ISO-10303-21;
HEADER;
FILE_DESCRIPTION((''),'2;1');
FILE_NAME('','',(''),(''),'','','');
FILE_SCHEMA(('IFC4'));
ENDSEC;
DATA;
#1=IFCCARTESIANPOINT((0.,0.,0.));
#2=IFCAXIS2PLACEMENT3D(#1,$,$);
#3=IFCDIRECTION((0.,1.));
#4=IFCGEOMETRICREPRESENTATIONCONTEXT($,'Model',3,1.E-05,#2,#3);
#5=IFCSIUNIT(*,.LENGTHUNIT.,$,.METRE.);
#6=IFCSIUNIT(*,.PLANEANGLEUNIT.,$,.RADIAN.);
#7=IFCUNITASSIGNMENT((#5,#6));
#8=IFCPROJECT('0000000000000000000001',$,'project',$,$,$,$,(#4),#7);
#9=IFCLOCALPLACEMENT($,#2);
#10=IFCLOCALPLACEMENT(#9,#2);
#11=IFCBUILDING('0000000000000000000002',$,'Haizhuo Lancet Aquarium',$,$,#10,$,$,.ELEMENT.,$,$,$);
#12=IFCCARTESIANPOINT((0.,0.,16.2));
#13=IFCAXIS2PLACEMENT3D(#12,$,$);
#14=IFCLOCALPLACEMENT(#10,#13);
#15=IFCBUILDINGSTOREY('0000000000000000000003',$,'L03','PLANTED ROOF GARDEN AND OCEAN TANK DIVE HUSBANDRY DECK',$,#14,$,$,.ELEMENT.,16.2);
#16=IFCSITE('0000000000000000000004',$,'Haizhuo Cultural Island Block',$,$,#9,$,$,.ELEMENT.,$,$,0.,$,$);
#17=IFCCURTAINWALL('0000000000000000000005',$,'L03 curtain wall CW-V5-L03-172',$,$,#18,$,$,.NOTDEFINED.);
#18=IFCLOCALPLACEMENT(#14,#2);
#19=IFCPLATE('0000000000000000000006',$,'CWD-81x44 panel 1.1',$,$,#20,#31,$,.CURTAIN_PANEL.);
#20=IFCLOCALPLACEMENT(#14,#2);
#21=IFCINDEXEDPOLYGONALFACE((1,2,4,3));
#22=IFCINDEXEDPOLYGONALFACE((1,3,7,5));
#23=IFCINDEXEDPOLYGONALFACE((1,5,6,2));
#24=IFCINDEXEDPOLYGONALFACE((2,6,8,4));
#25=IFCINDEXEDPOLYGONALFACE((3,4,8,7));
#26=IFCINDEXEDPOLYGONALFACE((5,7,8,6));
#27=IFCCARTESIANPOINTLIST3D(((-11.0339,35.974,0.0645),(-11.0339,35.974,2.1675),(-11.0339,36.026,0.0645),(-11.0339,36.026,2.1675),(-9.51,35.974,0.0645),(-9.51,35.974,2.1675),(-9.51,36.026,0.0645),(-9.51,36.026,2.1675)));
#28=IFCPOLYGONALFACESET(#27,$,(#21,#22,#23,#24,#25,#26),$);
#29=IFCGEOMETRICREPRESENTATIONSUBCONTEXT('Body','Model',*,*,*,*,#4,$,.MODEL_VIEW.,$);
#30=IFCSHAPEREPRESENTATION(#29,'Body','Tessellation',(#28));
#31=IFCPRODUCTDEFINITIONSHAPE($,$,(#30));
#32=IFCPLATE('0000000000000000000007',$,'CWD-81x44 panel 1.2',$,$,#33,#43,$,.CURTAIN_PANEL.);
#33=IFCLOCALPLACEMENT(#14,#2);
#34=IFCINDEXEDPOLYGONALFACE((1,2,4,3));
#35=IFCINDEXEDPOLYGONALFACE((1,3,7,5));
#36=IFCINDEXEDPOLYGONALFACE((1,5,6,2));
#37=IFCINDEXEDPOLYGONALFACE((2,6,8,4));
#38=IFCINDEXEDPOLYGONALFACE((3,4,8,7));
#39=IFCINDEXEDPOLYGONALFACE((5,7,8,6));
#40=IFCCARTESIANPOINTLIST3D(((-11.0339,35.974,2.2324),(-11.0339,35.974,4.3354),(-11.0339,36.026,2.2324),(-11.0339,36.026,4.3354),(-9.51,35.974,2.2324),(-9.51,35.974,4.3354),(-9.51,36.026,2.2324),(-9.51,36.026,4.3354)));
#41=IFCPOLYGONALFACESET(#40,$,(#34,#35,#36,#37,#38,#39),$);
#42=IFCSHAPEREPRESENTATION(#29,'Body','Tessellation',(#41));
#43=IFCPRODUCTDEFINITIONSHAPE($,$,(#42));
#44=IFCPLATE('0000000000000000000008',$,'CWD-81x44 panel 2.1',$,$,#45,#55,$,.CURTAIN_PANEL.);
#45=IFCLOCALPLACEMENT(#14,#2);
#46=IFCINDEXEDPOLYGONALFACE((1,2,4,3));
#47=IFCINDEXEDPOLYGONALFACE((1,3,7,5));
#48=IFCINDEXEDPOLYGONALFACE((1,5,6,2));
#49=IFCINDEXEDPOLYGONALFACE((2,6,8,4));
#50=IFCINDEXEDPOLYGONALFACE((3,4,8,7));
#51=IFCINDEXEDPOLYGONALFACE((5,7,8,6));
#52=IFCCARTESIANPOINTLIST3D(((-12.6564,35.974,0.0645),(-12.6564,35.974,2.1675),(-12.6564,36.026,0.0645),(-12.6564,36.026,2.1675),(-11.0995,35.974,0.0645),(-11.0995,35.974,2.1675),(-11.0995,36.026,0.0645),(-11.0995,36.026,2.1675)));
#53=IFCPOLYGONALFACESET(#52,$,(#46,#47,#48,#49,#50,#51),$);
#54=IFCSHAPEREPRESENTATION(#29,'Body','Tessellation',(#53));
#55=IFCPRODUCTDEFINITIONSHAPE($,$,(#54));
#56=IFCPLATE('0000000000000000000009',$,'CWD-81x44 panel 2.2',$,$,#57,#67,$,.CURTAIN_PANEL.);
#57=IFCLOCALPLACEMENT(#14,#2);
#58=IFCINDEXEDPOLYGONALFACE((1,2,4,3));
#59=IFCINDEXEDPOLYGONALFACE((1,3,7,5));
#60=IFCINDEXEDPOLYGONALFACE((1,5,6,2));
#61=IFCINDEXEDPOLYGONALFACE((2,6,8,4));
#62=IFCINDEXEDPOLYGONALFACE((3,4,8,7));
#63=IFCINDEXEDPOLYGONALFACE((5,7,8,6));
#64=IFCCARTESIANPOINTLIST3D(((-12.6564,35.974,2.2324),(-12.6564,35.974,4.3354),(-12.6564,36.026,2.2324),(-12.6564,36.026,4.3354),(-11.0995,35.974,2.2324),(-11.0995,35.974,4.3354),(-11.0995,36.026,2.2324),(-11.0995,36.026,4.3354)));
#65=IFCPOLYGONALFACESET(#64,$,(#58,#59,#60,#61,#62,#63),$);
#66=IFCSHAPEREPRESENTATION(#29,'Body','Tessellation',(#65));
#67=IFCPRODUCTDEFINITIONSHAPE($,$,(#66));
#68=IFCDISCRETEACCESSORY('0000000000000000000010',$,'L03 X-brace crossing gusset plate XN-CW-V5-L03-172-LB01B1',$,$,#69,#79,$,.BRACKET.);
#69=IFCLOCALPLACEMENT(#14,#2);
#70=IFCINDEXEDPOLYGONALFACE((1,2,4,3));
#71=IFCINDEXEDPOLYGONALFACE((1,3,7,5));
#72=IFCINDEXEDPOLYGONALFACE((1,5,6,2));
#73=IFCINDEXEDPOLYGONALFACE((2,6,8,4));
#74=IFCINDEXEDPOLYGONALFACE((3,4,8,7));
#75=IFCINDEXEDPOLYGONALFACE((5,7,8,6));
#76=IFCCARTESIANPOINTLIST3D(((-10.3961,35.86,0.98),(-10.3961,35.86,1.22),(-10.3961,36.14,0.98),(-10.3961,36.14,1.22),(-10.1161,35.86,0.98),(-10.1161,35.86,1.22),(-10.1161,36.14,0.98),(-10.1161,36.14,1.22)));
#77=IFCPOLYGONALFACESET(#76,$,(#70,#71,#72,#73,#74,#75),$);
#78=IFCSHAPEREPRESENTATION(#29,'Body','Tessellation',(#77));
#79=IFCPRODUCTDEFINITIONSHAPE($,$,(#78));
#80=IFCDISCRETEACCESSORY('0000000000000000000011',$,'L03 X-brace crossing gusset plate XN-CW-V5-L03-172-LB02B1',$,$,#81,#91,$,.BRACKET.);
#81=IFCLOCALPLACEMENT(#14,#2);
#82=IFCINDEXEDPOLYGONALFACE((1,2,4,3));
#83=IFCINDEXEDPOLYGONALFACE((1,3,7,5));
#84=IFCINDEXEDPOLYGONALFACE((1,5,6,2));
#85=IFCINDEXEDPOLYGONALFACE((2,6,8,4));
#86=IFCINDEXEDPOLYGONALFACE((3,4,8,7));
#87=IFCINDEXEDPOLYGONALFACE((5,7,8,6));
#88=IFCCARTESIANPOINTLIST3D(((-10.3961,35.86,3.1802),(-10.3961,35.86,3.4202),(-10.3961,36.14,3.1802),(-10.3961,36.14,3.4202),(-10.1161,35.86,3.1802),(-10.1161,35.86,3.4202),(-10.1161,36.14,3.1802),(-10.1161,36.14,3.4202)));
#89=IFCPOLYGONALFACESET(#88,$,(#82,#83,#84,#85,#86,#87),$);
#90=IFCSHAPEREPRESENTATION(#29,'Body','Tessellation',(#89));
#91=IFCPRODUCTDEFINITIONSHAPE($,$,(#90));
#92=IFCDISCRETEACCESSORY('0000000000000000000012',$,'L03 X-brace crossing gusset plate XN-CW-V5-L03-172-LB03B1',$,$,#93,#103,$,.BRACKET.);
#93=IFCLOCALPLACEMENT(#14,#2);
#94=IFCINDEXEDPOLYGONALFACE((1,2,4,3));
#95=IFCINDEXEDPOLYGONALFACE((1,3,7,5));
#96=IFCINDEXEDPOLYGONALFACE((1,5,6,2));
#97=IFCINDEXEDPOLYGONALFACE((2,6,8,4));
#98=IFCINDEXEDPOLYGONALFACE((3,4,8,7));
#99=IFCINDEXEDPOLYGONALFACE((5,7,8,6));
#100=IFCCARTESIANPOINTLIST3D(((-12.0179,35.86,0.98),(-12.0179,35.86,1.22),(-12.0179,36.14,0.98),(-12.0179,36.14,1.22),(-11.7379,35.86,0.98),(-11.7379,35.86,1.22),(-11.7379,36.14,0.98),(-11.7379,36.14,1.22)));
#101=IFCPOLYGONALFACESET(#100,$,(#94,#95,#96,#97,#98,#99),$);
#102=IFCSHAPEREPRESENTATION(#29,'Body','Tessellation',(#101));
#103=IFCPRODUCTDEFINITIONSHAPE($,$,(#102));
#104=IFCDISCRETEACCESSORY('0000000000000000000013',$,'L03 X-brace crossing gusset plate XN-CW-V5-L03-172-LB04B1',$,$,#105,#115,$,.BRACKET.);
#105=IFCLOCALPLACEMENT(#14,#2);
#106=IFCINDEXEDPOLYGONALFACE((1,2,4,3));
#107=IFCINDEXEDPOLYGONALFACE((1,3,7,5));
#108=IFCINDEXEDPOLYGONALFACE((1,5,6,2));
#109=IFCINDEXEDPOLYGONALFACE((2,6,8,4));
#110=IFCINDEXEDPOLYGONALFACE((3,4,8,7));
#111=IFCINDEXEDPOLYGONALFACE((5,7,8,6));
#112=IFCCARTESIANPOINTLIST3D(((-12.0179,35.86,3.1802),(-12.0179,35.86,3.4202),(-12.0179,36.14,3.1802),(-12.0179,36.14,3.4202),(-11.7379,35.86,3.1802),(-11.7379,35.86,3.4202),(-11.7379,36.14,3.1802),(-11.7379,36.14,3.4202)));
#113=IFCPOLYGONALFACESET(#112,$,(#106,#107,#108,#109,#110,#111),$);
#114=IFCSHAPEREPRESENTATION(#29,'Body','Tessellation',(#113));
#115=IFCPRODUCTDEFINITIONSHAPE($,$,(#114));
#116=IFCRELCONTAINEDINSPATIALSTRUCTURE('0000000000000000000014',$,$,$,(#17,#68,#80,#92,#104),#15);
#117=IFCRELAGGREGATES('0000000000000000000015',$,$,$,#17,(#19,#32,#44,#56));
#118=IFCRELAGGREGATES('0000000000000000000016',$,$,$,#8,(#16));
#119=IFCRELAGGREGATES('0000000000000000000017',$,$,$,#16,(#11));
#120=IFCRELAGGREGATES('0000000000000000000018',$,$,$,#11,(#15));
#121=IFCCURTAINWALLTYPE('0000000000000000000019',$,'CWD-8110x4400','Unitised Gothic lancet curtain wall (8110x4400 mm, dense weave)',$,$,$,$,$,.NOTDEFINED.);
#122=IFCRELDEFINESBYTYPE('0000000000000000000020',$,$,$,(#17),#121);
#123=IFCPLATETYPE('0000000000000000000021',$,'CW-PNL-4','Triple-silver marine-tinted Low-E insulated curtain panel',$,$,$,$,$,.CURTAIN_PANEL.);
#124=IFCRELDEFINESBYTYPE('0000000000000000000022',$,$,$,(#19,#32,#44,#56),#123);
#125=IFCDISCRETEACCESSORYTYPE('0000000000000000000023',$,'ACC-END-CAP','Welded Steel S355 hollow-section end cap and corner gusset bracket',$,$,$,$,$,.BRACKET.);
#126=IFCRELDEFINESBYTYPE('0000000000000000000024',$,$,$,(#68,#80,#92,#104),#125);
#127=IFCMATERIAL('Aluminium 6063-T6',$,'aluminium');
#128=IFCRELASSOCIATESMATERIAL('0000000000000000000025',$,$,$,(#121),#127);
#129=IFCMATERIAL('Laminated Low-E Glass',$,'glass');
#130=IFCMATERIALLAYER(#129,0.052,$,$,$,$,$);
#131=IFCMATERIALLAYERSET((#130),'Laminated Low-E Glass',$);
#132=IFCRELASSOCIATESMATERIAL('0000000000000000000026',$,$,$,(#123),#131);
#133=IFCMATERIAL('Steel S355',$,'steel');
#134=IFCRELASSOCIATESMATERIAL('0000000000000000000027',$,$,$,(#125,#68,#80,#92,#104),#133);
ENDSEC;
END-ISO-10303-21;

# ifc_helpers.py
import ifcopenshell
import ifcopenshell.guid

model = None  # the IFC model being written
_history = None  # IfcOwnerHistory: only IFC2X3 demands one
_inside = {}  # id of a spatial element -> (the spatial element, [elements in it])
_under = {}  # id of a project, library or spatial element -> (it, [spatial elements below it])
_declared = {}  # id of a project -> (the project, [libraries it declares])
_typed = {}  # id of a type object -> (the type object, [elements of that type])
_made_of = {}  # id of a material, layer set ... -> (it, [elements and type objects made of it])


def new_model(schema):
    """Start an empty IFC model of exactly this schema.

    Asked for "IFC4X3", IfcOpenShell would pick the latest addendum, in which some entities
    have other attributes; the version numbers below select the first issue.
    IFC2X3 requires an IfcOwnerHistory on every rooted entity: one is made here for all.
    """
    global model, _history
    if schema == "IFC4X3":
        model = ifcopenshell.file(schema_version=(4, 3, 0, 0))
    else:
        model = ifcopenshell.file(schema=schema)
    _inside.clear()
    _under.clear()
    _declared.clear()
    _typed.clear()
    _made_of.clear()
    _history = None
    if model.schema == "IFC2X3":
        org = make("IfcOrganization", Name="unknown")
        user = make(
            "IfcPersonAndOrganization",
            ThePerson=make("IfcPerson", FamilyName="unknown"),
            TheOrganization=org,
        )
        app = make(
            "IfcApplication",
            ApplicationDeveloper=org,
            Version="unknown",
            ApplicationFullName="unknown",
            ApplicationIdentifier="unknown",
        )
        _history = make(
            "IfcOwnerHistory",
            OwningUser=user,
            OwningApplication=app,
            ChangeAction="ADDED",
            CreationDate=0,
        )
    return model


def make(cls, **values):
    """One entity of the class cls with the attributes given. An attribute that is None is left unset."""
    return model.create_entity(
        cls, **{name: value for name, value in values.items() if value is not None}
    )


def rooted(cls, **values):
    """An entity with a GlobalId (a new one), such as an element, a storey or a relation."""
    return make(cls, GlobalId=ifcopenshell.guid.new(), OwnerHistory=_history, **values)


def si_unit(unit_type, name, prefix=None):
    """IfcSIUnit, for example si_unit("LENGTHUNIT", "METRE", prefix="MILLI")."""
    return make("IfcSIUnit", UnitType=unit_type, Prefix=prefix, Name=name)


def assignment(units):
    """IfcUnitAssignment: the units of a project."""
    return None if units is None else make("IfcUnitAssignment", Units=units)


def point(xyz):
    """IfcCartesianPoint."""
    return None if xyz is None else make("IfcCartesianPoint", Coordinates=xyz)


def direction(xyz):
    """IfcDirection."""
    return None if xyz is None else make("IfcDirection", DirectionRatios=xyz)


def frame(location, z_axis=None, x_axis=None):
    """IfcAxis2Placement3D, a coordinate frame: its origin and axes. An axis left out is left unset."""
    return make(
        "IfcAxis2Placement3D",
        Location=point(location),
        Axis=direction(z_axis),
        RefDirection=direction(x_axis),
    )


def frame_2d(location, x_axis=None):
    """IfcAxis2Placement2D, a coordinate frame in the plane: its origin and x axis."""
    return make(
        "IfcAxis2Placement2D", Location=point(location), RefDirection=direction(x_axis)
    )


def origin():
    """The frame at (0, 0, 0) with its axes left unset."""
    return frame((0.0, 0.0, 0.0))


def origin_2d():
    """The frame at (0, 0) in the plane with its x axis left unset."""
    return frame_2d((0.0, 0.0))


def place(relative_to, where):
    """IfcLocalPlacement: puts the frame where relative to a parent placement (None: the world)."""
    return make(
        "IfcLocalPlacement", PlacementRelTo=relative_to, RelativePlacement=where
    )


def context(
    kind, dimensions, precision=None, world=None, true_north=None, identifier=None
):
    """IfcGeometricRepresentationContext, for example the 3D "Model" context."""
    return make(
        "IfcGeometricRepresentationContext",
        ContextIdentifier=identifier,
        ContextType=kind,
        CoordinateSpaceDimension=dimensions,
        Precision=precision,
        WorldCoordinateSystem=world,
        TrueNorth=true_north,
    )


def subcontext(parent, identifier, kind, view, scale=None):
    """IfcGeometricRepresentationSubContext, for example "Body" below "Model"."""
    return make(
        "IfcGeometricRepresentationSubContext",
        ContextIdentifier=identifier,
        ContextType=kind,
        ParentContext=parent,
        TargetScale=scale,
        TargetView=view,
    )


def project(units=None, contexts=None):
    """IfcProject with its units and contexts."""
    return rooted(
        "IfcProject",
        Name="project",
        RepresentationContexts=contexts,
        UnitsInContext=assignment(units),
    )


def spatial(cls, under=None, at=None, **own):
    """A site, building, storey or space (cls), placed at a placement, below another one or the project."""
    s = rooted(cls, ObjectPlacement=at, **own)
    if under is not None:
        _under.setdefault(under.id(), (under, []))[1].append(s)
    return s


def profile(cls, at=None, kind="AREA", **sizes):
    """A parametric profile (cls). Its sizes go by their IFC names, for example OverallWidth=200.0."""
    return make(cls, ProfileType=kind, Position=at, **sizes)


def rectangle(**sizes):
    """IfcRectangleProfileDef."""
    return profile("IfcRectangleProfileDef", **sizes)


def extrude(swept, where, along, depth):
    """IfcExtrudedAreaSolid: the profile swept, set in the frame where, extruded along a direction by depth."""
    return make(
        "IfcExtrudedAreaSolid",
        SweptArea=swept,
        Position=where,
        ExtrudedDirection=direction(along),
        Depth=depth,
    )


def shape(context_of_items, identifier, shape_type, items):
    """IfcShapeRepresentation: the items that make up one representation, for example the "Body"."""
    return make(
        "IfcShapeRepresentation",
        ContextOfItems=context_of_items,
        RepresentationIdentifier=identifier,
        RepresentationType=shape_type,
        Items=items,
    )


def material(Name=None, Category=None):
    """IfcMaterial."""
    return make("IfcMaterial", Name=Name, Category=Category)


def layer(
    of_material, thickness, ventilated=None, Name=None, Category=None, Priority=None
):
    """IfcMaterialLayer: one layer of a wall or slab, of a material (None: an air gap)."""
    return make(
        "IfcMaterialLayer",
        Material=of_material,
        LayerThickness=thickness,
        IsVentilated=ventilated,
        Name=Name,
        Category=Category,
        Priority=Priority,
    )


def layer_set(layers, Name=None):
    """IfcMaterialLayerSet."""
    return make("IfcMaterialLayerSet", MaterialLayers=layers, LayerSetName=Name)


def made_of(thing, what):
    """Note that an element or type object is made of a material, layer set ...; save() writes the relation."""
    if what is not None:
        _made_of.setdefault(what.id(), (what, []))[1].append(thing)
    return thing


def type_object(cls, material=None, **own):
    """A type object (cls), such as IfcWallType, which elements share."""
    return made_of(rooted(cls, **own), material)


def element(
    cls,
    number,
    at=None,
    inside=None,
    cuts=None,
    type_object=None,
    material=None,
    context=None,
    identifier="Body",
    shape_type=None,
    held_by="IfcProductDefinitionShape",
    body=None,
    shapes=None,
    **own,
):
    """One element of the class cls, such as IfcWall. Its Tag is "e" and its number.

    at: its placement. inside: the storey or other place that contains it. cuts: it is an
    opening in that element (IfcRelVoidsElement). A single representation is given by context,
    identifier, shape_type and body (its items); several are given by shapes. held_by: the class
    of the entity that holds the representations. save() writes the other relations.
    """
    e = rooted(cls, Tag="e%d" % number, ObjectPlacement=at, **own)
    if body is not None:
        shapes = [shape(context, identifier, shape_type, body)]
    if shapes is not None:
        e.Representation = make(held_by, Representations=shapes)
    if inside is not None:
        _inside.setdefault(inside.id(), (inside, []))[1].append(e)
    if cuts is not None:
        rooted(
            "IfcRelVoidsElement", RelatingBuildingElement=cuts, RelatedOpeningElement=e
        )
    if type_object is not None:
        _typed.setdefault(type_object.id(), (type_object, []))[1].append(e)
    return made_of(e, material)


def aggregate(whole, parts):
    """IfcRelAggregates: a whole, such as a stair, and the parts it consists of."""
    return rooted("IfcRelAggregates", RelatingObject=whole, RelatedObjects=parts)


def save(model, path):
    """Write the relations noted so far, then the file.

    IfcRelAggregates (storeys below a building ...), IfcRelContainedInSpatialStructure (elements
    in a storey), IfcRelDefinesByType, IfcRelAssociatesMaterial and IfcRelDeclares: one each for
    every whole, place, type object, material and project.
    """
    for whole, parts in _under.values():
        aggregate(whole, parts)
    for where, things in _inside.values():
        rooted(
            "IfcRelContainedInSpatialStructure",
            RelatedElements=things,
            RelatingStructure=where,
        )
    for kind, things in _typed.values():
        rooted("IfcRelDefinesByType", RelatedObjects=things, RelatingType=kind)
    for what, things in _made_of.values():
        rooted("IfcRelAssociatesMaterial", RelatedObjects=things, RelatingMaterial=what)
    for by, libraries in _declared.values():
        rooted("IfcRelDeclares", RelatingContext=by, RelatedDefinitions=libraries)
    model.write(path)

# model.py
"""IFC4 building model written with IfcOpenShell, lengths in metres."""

from ifc_helpers import new_model, si_unit, direction, frame, origin, origin_2d, place, context, subcontext, project, spatial, rectangle, extrude, material, layer, layer_set, type_object, element, aggregate, save


model = new_model("IFC4")

# Units and contexts
model_context = context("Model", 3, precision=1e-05, world=origin(), true_north=direction((0.0, 1.0)))
body_context = subcontext(model_context, "Body", "Model", "MODEL_VIEW")
ifc_project = project(units=[si_unit("LENGTHUNIT", "METRE"), si_unit("PLANEANGLEUNIT", "RADIAN")], contexts=[model_context])

# Site, building, storey
site_placement = place(None, origin())
site = spatial("IfcSite", under=ifc_project, at=site_placement, Name="Haizhuo Cultural Island Block", CompositionType="ELEMENT", RefElevation=0.0)
building_placement = place(site_placement, origin())
building = spatial("IfcBuilding", under=site, at=building_placement, Name="Haizhuo Lancet Aquarium", CompositionType="ELEMENT")
storey_placement = place(building_placement, frame((0.0, 0.0, 16.2)))
storey = spatial("IfcBuildingStorey", under=building, at=storey_placement, Name="L03", Description="PLANTED ROOF GARDEN AND OCEAN TANK DIVE HUSBANDRY DECK", CompositionType="ELEMENT", Elevation=16.2)

# Curtain wall
ifc_material_1 = material(Name="Aluminium 6063-T6", Category="aluminium")
curtain_wall_type = type_object("IfcCurtainWallType", Name="CWD-8110x4400", Description="Unitised Gothic lancet curtain wall (8110x4400 mm, dense weave)", PredefinedType="NOTDEFINED", material=ifc_material_1)
curtain_wall_placement = place(storey_placement, origin())
curtain_wall = element("IfcCurtainWall", 1, at=curtain_wall_placement, inside=storey, type_object=curtain_wall_type, Name="L03 curtain wall CW-V5-L03-172", PredefinedType="NOTDEFINED")

# Shared definitions
ifc_material_2 = material(Name="Steel S355", Category="steel")

# Plates
ifc_material_3 = material(Name="Laminated Low-E Glass", Category="glass")
ifc_layer = layer(ifc_material_3, 0.052)
ifc_layer_set = layer_set([ifc_layer], Name="Laminated Low-E Glass")
plate_type = type_object("IfcPlateType", Name="CW-PNL-4", Description="Triple-silver marine-tinted Low-E insulated curtain panel", PredefinedType="CURTAIN_PANEL", material=ifc_layer_set)
plate_1_placement = place(storey_placement, frame((-10.272, 36.0, 0.0645), z_axis=(0.0, 0.0, 1.0), x_axis=(-1.0, 0.0, 0.0)))
plate_1 = element("IfcPlate", 2, at=plate_1_placement, type_object=plate_type, Name="CWD-81x44 panel 1.1", PredefinedType="CURTAIN_PANEL", context=body_context, shape_type="SweptSolid", body=[
    extrude(rectangle(XDim=1.5239, YDim=0.052, at=origin_2d()), origin(), (0.0, 0.0, 1.0), 2.103),
])
plate_2_placement = place(storey_placement, frame((-10.272, 36.0, 2.2324), z_axis=(0.0, 0.0, 1.0), x_axis=(-1.0, 0.0, 0.0)))
plate_2 = element("IfcPlate", 3, at=plate_2_placement, type_object=plate_type, Name="CWD-81x44 panel 1.2", PredefinedType="CURTAIN_PANEL", context=body_context, shape_type="SweptSolid", body=[
    extrude(rectangle(XDim=1.5239, YDim=0.052, at=origin_2d()), origin(), (0.0, 0.0, 1.0), 2.103),
])
plate_3_placement = place(storey_placement, frame((-11.8779, 36.0, 0.0645), z_axis=(0.0, 0.0, 1.0), x_axis=(-1.0, 0.0, 0.0)))
plate_3 = element("IfcPlate", 4, at=plate_3_placement, type_object=plate_type, Name="CWD-81x44 panel 2.1", PredefinedType="CURTAIN_PANEL", context=body_context, shape_type="SweptSolid", body=[
    extrude(rectangle(XDim=1.5569, YDim=0.052, at=origin_2d()), origin(), (0.0, 0.0, 1.0), 2.103),
])
plate_4_placement = place(storey_placement, frame((-11.8779, 36.0, 2.2324), z_axis=(0.0, 0.0, 1.0), x_axis=(-1.0, 0.0, 0.0)))
plate_4 = element("IfcPlate", 5, at=plate_4_placement, type_object=plate_type, Name="CWD-81x44 panel 2.2", PredefinedType="CURTAIN_PANEL", context=body_context, shape_type="SweptSolid", body=[
    extrude(rectangle(XDim=1.5569, YDim=0.052, at=origin_2d()), origin(), (0.0, 0.0, 1.0), 2.103),
])
aggregate(curtain_wall, [plate_1, plate_2, plate_3, plate_4])

# Discrete accessories
discrete_accessory_type = type_object("IfcDiscreteAccessoryType", Name="ACC-END-CAP", Description="Welded Steel S355 hollow-section end cap and corner gusset bracket", PredefinedType="BRACKET", material=ifc_material_2)
for number, where, z_axis, x_axis, name in (
    (6, (-10.2561, 36.0, 0.98), (0.0, 0.0, 1.0), (1.0, 0.0, 0.0), "L03 X-brace crossing gusset plate XN-CW-V5-L03-172-LB01B1"),
    (7, (-10.2561, 36.0, 3.1802), (0.0, 0.0, 1.0), (1.0, 0.0, 0.0), "L03 X-brace crossing gusset plate XN-CW-V5-L03-172-LB02B1"),
    (8, (-11.8779, 36.0, 0.98), (0.0, 0.0, 1.0), (1.0, 0.0, 0.0), "L03 X-brace crossing gusset plate XN-CW-V5-L03-172-LB03B1"),
    (9, (-11.8779, 36.0, 3.1802), (0.0, 0.0, 1.0), (1.0, 0.0, 0.0), "L03 X-brace crossing gusset plate XN-CW-V5-L03-172-LB04B1"),
):
    element("IfcDiscreteAccessory", number, at=place(storey_placement, frame(where, z_axis=z_axis, x_axis=x_axis)), inside=storey, type_object=discrete_accessory_type, material=ifc_material_2, Name=name, PredefinedType="BRACKET", context=body_context, shape_type="SweptSolid", body=[
        extrude(rectangle(XDim=0.28, YDim=0.28, at=origin_2d()), origin(), (0.0, 0.0, 1.0), 0.24),
    ])

save(model, "model.ifc")
